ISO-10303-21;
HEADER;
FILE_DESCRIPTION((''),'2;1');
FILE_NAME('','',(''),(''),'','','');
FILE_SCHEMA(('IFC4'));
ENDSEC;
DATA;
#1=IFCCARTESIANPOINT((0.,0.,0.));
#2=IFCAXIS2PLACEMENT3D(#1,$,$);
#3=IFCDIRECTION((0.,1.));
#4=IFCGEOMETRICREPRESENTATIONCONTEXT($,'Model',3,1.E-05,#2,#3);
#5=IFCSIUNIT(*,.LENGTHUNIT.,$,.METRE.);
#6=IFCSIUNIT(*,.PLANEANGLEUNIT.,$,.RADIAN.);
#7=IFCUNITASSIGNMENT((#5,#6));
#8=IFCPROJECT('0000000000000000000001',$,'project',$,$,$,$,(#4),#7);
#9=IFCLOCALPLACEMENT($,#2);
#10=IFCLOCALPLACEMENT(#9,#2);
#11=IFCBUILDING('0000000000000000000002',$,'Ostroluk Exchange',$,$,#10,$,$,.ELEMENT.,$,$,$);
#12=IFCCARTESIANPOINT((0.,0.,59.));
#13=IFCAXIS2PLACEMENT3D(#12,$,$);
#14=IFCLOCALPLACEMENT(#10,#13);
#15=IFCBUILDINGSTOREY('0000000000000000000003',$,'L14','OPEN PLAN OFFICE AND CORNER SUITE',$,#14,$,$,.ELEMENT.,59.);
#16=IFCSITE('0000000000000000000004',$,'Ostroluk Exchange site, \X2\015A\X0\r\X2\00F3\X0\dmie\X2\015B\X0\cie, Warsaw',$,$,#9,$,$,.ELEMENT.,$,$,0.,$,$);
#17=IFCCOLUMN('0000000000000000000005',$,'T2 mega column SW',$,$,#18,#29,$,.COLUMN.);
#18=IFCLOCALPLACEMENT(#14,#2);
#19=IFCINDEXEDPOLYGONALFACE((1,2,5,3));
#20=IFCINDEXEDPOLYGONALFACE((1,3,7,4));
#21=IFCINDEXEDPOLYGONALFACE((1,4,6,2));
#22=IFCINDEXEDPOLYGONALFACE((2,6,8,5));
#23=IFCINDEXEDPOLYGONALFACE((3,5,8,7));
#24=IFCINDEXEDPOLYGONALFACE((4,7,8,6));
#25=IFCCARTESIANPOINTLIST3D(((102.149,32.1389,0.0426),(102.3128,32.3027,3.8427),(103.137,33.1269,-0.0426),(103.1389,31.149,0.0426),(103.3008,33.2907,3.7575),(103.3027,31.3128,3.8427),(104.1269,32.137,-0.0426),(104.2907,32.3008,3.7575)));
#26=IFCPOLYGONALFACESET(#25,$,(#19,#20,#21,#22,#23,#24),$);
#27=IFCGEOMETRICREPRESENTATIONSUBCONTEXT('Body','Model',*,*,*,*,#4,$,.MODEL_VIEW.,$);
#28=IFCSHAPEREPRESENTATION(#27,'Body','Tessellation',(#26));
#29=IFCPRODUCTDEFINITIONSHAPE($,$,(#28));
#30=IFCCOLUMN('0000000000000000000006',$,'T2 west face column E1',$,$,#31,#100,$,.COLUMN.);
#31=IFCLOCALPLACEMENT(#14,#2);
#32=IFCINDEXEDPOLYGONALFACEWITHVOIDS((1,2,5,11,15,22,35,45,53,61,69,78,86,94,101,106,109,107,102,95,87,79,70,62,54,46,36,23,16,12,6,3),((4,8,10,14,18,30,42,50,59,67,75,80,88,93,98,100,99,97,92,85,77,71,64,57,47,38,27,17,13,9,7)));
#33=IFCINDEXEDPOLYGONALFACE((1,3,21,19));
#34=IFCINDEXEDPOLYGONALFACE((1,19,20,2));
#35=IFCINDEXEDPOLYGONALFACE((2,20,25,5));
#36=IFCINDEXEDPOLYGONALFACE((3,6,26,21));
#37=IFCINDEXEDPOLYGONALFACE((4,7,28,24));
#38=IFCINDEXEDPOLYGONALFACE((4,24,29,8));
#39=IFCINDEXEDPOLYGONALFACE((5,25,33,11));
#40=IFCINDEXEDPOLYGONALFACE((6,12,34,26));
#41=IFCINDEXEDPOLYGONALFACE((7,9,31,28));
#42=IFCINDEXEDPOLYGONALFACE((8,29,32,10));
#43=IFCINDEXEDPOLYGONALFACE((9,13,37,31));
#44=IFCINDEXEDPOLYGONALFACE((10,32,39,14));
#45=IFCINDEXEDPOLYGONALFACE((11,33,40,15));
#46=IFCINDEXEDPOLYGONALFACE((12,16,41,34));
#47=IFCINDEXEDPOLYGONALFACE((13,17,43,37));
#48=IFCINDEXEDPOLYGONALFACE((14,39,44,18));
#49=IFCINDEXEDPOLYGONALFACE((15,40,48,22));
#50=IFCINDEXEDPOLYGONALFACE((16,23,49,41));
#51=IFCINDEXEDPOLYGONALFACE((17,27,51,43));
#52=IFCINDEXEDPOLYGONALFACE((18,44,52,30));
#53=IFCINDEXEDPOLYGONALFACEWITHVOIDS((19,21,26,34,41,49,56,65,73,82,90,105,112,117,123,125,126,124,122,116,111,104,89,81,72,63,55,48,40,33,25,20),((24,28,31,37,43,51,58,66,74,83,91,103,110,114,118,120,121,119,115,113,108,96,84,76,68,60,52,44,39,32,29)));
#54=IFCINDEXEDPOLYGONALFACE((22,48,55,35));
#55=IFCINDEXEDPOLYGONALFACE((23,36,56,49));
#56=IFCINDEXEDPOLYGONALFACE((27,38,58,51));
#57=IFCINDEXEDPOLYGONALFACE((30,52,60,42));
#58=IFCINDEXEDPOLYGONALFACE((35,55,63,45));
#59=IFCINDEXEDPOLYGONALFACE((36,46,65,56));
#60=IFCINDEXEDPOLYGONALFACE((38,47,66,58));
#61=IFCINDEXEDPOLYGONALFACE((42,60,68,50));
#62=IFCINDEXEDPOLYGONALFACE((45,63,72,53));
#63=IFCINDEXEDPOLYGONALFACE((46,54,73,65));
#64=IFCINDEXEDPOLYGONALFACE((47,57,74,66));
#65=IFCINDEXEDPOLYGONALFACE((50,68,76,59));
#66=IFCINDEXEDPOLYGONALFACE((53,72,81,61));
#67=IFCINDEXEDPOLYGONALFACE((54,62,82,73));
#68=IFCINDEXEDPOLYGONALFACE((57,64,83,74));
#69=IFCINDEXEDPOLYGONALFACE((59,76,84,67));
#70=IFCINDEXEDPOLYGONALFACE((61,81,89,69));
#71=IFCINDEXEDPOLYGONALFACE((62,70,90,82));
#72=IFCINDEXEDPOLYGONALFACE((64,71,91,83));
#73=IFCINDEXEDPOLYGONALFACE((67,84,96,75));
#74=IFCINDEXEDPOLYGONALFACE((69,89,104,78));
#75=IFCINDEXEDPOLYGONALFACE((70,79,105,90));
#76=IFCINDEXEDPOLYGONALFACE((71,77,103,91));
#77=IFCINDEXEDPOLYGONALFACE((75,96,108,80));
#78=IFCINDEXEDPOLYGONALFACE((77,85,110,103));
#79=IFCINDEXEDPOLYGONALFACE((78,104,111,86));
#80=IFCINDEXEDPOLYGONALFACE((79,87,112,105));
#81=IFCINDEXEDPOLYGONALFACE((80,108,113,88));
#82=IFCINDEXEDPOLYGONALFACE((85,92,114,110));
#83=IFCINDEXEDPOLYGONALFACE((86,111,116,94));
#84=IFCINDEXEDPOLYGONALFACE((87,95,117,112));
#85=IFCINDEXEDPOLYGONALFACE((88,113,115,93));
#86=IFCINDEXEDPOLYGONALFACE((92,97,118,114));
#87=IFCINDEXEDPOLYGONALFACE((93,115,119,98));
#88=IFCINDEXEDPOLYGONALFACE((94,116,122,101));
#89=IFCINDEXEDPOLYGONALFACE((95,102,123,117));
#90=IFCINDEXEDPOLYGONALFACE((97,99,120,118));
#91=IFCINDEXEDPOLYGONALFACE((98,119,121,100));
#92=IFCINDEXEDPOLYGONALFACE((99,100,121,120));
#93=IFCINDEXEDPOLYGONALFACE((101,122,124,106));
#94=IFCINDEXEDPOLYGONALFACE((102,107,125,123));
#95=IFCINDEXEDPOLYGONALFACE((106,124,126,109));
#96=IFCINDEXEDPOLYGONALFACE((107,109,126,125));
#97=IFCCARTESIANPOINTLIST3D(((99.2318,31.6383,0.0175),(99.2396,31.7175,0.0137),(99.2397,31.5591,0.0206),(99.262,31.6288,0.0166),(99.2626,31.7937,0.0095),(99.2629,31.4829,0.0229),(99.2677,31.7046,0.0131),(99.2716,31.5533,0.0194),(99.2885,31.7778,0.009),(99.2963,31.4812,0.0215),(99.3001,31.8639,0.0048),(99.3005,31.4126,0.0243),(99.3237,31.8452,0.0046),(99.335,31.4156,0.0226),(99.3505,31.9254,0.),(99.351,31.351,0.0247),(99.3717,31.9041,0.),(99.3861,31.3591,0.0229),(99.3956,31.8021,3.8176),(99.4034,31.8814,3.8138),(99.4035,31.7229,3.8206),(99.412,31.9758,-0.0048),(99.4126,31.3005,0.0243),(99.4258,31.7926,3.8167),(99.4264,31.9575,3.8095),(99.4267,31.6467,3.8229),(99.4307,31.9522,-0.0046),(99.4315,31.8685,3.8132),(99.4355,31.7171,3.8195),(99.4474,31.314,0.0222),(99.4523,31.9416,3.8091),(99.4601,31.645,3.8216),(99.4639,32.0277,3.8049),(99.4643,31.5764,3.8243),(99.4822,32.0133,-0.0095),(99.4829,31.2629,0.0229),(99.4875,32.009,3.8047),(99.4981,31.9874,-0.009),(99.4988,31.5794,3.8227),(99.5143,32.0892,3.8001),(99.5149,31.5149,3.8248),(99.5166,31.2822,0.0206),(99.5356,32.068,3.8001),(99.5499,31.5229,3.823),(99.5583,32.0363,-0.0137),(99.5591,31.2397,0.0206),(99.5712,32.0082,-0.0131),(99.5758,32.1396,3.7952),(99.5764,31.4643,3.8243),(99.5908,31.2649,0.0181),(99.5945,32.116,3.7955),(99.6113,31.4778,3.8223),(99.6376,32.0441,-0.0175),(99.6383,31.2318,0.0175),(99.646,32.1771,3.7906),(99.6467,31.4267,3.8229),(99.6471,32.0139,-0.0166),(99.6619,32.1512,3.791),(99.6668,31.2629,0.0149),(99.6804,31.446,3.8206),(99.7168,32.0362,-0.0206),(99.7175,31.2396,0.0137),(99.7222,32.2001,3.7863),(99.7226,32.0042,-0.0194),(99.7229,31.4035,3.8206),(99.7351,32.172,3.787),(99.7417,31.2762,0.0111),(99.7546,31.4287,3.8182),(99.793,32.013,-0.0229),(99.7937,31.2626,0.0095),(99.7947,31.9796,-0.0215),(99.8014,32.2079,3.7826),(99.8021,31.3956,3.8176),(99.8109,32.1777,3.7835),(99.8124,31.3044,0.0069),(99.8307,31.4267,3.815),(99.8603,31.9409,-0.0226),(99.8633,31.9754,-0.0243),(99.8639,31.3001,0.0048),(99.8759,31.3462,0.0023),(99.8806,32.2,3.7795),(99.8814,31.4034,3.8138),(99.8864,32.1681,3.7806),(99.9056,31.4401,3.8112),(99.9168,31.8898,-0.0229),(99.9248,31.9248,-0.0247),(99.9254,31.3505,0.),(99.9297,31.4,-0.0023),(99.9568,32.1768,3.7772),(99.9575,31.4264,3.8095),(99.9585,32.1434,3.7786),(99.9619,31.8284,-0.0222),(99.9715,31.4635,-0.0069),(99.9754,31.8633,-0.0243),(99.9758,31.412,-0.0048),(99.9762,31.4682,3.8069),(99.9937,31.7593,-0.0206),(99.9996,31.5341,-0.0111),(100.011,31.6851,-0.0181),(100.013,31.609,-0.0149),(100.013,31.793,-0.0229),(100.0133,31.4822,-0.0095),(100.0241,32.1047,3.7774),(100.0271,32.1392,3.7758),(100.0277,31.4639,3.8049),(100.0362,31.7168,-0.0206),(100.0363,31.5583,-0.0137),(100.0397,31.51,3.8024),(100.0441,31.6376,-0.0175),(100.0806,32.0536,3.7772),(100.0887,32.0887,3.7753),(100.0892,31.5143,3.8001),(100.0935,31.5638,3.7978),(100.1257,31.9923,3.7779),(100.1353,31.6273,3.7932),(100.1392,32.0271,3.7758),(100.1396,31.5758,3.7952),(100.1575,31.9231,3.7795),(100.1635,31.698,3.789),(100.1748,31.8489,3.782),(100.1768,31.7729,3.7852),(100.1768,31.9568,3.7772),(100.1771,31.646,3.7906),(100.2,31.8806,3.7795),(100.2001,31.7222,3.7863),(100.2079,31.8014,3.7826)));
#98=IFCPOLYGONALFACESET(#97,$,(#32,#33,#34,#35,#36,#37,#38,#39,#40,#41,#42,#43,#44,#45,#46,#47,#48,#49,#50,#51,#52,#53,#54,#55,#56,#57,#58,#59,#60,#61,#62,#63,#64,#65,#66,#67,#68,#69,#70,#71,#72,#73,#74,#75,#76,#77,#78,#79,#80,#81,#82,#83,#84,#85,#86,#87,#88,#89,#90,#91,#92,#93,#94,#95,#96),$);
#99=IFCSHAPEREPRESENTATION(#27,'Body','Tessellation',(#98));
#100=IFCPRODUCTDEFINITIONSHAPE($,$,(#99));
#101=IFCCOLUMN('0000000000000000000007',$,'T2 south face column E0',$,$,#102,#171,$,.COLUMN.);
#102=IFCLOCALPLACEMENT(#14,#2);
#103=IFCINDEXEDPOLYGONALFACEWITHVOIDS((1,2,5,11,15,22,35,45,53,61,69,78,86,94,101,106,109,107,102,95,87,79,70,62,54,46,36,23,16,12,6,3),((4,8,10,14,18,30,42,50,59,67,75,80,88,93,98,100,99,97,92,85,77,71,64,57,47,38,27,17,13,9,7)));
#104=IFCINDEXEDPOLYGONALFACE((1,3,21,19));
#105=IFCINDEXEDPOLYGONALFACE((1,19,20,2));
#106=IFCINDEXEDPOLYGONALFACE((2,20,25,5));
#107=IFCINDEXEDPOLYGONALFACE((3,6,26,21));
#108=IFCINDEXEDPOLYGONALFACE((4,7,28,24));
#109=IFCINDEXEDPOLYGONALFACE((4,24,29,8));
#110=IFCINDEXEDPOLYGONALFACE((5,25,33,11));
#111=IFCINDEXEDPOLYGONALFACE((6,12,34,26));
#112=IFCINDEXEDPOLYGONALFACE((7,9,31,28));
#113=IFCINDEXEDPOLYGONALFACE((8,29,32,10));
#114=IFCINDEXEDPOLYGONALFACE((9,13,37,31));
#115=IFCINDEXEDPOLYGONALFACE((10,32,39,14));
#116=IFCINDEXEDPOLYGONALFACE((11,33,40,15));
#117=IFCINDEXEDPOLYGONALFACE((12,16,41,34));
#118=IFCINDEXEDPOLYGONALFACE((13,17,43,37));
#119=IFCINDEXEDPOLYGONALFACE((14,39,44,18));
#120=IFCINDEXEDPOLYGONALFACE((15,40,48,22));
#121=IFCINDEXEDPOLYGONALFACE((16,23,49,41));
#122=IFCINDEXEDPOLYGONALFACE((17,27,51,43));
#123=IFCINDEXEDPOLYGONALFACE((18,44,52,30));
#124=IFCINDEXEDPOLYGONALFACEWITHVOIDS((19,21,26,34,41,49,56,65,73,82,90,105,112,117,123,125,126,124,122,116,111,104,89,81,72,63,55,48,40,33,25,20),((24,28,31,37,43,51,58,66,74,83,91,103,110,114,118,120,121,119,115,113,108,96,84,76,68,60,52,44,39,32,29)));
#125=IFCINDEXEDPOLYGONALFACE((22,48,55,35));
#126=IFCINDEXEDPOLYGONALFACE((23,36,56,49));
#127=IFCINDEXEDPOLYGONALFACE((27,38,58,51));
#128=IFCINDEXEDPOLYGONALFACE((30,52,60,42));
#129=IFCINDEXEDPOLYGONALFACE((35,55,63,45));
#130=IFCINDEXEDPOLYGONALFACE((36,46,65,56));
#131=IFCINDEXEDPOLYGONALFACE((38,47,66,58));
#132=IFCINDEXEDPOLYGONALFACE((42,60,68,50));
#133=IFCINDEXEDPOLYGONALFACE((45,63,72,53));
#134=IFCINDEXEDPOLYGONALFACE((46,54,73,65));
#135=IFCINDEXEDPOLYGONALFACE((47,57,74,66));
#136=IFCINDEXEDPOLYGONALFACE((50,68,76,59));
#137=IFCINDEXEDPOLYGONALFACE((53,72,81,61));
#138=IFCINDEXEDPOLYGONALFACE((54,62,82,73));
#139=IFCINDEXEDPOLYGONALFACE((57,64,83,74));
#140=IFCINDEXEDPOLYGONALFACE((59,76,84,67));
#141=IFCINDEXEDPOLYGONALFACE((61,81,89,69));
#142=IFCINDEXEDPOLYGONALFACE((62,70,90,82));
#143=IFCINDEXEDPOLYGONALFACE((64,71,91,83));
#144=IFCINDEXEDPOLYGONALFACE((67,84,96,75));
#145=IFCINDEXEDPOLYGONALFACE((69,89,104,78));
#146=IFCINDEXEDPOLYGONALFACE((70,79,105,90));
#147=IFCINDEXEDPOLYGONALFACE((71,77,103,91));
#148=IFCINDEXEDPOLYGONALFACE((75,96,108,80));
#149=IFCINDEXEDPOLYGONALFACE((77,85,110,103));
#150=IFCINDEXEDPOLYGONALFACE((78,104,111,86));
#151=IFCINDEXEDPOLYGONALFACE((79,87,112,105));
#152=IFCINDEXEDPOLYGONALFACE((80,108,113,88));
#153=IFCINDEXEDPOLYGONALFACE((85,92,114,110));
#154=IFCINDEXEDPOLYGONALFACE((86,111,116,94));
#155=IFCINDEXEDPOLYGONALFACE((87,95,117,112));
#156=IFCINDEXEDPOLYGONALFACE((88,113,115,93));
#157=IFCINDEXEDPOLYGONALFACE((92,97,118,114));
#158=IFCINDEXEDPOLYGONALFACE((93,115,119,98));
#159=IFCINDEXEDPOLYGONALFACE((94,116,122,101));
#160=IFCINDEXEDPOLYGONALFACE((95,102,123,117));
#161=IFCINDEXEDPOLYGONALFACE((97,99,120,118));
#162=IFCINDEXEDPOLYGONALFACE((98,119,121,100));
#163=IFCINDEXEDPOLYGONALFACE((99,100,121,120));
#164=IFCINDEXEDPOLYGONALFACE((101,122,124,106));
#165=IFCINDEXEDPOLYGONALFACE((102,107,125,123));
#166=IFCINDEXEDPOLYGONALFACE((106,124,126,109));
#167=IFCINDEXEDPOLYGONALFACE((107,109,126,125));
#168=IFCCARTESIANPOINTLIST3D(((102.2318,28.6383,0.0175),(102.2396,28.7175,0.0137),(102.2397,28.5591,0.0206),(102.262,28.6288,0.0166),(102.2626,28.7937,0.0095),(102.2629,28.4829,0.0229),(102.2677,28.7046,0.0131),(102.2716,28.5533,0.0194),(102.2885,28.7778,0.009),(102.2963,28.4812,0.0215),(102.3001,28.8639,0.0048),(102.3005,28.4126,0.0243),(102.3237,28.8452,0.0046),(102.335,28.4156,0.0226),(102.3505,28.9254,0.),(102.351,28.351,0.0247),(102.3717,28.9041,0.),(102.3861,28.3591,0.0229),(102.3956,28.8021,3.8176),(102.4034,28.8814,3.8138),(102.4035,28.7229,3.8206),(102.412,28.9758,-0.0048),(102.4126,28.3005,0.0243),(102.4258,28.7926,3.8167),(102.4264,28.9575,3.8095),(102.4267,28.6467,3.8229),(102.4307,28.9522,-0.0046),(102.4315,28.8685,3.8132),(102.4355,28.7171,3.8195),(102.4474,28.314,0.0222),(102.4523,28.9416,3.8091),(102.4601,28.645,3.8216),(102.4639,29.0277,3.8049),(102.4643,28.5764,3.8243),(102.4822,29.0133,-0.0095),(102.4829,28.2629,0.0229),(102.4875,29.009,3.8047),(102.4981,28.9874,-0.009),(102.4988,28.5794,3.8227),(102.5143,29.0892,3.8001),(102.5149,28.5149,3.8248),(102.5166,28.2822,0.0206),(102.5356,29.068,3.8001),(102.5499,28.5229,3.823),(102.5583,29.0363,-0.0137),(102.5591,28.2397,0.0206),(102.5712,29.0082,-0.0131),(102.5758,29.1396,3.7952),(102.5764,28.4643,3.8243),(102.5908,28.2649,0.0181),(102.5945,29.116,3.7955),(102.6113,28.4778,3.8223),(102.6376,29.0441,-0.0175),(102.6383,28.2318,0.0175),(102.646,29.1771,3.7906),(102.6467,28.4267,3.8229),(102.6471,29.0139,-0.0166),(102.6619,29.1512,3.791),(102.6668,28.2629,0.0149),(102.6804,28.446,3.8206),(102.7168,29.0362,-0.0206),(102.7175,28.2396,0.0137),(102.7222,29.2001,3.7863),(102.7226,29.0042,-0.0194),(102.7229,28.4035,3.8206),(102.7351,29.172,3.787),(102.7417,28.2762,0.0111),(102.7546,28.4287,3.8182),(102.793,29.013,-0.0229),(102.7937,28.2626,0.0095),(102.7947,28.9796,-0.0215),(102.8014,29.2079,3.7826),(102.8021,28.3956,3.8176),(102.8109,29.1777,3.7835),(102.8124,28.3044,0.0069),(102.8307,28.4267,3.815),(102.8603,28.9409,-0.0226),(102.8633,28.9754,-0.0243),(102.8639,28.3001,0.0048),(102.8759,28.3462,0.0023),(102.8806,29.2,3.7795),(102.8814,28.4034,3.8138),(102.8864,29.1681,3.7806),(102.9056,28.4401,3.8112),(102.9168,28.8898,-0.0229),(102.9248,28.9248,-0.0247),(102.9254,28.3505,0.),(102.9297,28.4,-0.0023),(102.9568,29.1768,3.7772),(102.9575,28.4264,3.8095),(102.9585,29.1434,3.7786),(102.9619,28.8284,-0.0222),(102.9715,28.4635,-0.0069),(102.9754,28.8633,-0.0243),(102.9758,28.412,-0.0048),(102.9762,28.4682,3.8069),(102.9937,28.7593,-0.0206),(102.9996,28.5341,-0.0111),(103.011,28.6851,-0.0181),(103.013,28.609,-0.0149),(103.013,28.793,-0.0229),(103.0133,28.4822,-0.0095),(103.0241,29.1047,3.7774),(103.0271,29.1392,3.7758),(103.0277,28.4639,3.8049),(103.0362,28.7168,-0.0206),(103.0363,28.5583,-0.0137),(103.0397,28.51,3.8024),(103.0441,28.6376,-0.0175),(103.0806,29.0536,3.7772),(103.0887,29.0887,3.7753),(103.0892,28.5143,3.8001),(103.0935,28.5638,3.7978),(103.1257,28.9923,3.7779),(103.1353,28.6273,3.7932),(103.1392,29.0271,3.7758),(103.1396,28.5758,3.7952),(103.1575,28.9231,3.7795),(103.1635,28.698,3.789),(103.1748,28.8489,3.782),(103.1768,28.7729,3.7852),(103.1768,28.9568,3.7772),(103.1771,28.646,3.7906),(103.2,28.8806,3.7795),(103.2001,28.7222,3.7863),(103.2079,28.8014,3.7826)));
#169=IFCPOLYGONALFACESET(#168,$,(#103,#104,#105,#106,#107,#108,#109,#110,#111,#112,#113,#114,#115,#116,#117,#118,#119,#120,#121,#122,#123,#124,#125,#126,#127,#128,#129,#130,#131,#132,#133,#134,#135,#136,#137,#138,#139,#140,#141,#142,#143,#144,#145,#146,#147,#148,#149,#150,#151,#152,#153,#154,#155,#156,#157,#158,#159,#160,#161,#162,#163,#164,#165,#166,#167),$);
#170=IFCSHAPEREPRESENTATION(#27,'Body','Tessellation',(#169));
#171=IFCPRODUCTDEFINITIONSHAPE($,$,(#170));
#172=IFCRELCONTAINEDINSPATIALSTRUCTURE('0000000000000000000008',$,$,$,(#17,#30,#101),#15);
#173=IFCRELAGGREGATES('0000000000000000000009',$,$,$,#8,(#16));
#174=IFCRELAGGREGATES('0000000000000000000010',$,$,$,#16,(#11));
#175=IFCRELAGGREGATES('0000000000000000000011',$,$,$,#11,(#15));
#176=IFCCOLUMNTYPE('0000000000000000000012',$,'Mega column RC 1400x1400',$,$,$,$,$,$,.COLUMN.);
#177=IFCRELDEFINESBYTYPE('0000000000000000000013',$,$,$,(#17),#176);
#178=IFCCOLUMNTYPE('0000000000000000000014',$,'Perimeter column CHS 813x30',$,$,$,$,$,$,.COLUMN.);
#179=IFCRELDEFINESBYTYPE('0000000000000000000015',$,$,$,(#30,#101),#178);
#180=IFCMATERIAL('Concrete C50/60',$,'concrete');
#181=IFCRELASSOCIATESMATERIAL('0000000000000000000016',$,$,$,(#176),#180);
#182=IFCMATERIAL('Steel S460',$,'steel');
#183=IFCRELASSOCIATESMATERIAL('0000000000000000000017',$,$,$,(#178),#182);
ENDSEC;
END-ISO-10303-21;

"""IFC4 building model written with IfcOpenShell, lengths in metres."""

from ifc_helpers import new_model, si_unit, direction, frame, origin, origin_2d, place, context, subcontext, project, spatial, rectangle, hollow_circle, extrude, material, material_profile, profile_set, type_object, element, save


model = new_model("IFC4")

# Units and contexts
model_context = context("Model", 3, precision=1e-05, world=origin(), true_north=direction((0.0, 1.0)))
body_context = subcontext(model_context, "Body", "Model", "MODEL_VIEW")
ifc_project = project(units=[si_unit("LENGTHUNIT", "METRE"), si_unit("PLANEANGLEUNIT", "RADIAN")], contexts=[model_context])

# Site, building, storey
site_placement = place(None, origin())
site = spatial("IfcSite", under=ifc_project, at=site_placement, Name="Ostroluk Exchange site, Śródmieście, Warsaw", CompositionType="ELEMENT", RefElevation=0.0)
building_placement = place(site_placement, origin())
building = spatial("IfcBuilding", under=site, at=building_placement, Name="Ostroluk Exchange", CompositionType="ELEMENT")
storey_placement = place(building_placement, frame((0.0, 0.0, 59.0)))
storey = spatial("IfcBuildingStorey", under=building, at=storey_placement, Name="L14", Description="OPEN PLAN OFFICE AND CORNER SUITE", CompositionType="ELEMENT", Elevation=59.0)

# Columns
ifc_material_1 = material(Name="Concrete C50/60", Category="concrete")
ifc_material_profile_1 = material_profile(ifc_material_1, rectangle(XDim=1.3999, YDim=1.3999, at=origin_2d()), Name="RC 1400x1400")
ifc_profile_set_1 = profile_set([ifc_material_profile_1], Name="Concrete C50/60")
column_type_1 = type_object("IfcColumnType", Name="Mega column RC 1400x1400", PredefinedType="COLUMN", material=ifc_profile_set_1)
column_placement = place(storey_placement, frame((103.1379, 32.1379, 0.0), z_axis=(0.04303, 0.04303, 0.998147), x_axis=(-0.707107, 0.707107, 0.0)))
element("IfcColumn", 1, at=column_placement, inside=storey, type_object=column_type_1, Name="T2 mega column SW", PredefinedType="COLUMN", context=body_context, shape_type="SweptSolid", body=[
    extrude(rectangle(XDim=1.3999, YDim=1.3999, at=origin_2d()), origin(), (0.0, 0.0, 1.0), 3.8071),
])
ifc_material_2 = material(Name="Steel S460", Category="steel")
ifc_material_profile_2 = material_profile(ifc_material_2, hollow_circle(Radius=0.4065, WallThickness=0.03, at=origin_2d()), Name="CHS 813x30")
ifc_profile_set_2 = profile_set([ifc_material_profile_2], Name="Steel S460")
column_type_2 = type_object("IfcColumnType", Name="Perimeter column CHS 813x30", PredefinedType="COLUMN", material=ifc_profile_set_2)
for number, where, z_axis, x_axis, name in (
    (2, (99.6379, 31.6379, 0.0), (0.04303, 0.04303, 0.998147), (-0.707107, 0.707107, 0.0), "T2 west face column E1"),
    (3, (102.6379, 28.6379, 0.0), (0.04303, 0.04303, 0.998147), (-0.707107, 0.707107, 0.0), "T2 south face column E0"),
):
    element("IfcColumn", number, at=place(storey_placement, frame(where, z_axis=z_axis, x_axis=x_axis)), inside=storey, type_object=column_type_2, Name=name, PredefinedType="COLUMN", context=body_context, shape_type="SweptSolid", body=[
        extrude(hollow_circle(Radius=0.4065, WallThickness=0.03, at=origin_2d()), origin(), (0.0, 0.0, 1.0), 3.8071),
    ])

save(model, "model.ifc")
